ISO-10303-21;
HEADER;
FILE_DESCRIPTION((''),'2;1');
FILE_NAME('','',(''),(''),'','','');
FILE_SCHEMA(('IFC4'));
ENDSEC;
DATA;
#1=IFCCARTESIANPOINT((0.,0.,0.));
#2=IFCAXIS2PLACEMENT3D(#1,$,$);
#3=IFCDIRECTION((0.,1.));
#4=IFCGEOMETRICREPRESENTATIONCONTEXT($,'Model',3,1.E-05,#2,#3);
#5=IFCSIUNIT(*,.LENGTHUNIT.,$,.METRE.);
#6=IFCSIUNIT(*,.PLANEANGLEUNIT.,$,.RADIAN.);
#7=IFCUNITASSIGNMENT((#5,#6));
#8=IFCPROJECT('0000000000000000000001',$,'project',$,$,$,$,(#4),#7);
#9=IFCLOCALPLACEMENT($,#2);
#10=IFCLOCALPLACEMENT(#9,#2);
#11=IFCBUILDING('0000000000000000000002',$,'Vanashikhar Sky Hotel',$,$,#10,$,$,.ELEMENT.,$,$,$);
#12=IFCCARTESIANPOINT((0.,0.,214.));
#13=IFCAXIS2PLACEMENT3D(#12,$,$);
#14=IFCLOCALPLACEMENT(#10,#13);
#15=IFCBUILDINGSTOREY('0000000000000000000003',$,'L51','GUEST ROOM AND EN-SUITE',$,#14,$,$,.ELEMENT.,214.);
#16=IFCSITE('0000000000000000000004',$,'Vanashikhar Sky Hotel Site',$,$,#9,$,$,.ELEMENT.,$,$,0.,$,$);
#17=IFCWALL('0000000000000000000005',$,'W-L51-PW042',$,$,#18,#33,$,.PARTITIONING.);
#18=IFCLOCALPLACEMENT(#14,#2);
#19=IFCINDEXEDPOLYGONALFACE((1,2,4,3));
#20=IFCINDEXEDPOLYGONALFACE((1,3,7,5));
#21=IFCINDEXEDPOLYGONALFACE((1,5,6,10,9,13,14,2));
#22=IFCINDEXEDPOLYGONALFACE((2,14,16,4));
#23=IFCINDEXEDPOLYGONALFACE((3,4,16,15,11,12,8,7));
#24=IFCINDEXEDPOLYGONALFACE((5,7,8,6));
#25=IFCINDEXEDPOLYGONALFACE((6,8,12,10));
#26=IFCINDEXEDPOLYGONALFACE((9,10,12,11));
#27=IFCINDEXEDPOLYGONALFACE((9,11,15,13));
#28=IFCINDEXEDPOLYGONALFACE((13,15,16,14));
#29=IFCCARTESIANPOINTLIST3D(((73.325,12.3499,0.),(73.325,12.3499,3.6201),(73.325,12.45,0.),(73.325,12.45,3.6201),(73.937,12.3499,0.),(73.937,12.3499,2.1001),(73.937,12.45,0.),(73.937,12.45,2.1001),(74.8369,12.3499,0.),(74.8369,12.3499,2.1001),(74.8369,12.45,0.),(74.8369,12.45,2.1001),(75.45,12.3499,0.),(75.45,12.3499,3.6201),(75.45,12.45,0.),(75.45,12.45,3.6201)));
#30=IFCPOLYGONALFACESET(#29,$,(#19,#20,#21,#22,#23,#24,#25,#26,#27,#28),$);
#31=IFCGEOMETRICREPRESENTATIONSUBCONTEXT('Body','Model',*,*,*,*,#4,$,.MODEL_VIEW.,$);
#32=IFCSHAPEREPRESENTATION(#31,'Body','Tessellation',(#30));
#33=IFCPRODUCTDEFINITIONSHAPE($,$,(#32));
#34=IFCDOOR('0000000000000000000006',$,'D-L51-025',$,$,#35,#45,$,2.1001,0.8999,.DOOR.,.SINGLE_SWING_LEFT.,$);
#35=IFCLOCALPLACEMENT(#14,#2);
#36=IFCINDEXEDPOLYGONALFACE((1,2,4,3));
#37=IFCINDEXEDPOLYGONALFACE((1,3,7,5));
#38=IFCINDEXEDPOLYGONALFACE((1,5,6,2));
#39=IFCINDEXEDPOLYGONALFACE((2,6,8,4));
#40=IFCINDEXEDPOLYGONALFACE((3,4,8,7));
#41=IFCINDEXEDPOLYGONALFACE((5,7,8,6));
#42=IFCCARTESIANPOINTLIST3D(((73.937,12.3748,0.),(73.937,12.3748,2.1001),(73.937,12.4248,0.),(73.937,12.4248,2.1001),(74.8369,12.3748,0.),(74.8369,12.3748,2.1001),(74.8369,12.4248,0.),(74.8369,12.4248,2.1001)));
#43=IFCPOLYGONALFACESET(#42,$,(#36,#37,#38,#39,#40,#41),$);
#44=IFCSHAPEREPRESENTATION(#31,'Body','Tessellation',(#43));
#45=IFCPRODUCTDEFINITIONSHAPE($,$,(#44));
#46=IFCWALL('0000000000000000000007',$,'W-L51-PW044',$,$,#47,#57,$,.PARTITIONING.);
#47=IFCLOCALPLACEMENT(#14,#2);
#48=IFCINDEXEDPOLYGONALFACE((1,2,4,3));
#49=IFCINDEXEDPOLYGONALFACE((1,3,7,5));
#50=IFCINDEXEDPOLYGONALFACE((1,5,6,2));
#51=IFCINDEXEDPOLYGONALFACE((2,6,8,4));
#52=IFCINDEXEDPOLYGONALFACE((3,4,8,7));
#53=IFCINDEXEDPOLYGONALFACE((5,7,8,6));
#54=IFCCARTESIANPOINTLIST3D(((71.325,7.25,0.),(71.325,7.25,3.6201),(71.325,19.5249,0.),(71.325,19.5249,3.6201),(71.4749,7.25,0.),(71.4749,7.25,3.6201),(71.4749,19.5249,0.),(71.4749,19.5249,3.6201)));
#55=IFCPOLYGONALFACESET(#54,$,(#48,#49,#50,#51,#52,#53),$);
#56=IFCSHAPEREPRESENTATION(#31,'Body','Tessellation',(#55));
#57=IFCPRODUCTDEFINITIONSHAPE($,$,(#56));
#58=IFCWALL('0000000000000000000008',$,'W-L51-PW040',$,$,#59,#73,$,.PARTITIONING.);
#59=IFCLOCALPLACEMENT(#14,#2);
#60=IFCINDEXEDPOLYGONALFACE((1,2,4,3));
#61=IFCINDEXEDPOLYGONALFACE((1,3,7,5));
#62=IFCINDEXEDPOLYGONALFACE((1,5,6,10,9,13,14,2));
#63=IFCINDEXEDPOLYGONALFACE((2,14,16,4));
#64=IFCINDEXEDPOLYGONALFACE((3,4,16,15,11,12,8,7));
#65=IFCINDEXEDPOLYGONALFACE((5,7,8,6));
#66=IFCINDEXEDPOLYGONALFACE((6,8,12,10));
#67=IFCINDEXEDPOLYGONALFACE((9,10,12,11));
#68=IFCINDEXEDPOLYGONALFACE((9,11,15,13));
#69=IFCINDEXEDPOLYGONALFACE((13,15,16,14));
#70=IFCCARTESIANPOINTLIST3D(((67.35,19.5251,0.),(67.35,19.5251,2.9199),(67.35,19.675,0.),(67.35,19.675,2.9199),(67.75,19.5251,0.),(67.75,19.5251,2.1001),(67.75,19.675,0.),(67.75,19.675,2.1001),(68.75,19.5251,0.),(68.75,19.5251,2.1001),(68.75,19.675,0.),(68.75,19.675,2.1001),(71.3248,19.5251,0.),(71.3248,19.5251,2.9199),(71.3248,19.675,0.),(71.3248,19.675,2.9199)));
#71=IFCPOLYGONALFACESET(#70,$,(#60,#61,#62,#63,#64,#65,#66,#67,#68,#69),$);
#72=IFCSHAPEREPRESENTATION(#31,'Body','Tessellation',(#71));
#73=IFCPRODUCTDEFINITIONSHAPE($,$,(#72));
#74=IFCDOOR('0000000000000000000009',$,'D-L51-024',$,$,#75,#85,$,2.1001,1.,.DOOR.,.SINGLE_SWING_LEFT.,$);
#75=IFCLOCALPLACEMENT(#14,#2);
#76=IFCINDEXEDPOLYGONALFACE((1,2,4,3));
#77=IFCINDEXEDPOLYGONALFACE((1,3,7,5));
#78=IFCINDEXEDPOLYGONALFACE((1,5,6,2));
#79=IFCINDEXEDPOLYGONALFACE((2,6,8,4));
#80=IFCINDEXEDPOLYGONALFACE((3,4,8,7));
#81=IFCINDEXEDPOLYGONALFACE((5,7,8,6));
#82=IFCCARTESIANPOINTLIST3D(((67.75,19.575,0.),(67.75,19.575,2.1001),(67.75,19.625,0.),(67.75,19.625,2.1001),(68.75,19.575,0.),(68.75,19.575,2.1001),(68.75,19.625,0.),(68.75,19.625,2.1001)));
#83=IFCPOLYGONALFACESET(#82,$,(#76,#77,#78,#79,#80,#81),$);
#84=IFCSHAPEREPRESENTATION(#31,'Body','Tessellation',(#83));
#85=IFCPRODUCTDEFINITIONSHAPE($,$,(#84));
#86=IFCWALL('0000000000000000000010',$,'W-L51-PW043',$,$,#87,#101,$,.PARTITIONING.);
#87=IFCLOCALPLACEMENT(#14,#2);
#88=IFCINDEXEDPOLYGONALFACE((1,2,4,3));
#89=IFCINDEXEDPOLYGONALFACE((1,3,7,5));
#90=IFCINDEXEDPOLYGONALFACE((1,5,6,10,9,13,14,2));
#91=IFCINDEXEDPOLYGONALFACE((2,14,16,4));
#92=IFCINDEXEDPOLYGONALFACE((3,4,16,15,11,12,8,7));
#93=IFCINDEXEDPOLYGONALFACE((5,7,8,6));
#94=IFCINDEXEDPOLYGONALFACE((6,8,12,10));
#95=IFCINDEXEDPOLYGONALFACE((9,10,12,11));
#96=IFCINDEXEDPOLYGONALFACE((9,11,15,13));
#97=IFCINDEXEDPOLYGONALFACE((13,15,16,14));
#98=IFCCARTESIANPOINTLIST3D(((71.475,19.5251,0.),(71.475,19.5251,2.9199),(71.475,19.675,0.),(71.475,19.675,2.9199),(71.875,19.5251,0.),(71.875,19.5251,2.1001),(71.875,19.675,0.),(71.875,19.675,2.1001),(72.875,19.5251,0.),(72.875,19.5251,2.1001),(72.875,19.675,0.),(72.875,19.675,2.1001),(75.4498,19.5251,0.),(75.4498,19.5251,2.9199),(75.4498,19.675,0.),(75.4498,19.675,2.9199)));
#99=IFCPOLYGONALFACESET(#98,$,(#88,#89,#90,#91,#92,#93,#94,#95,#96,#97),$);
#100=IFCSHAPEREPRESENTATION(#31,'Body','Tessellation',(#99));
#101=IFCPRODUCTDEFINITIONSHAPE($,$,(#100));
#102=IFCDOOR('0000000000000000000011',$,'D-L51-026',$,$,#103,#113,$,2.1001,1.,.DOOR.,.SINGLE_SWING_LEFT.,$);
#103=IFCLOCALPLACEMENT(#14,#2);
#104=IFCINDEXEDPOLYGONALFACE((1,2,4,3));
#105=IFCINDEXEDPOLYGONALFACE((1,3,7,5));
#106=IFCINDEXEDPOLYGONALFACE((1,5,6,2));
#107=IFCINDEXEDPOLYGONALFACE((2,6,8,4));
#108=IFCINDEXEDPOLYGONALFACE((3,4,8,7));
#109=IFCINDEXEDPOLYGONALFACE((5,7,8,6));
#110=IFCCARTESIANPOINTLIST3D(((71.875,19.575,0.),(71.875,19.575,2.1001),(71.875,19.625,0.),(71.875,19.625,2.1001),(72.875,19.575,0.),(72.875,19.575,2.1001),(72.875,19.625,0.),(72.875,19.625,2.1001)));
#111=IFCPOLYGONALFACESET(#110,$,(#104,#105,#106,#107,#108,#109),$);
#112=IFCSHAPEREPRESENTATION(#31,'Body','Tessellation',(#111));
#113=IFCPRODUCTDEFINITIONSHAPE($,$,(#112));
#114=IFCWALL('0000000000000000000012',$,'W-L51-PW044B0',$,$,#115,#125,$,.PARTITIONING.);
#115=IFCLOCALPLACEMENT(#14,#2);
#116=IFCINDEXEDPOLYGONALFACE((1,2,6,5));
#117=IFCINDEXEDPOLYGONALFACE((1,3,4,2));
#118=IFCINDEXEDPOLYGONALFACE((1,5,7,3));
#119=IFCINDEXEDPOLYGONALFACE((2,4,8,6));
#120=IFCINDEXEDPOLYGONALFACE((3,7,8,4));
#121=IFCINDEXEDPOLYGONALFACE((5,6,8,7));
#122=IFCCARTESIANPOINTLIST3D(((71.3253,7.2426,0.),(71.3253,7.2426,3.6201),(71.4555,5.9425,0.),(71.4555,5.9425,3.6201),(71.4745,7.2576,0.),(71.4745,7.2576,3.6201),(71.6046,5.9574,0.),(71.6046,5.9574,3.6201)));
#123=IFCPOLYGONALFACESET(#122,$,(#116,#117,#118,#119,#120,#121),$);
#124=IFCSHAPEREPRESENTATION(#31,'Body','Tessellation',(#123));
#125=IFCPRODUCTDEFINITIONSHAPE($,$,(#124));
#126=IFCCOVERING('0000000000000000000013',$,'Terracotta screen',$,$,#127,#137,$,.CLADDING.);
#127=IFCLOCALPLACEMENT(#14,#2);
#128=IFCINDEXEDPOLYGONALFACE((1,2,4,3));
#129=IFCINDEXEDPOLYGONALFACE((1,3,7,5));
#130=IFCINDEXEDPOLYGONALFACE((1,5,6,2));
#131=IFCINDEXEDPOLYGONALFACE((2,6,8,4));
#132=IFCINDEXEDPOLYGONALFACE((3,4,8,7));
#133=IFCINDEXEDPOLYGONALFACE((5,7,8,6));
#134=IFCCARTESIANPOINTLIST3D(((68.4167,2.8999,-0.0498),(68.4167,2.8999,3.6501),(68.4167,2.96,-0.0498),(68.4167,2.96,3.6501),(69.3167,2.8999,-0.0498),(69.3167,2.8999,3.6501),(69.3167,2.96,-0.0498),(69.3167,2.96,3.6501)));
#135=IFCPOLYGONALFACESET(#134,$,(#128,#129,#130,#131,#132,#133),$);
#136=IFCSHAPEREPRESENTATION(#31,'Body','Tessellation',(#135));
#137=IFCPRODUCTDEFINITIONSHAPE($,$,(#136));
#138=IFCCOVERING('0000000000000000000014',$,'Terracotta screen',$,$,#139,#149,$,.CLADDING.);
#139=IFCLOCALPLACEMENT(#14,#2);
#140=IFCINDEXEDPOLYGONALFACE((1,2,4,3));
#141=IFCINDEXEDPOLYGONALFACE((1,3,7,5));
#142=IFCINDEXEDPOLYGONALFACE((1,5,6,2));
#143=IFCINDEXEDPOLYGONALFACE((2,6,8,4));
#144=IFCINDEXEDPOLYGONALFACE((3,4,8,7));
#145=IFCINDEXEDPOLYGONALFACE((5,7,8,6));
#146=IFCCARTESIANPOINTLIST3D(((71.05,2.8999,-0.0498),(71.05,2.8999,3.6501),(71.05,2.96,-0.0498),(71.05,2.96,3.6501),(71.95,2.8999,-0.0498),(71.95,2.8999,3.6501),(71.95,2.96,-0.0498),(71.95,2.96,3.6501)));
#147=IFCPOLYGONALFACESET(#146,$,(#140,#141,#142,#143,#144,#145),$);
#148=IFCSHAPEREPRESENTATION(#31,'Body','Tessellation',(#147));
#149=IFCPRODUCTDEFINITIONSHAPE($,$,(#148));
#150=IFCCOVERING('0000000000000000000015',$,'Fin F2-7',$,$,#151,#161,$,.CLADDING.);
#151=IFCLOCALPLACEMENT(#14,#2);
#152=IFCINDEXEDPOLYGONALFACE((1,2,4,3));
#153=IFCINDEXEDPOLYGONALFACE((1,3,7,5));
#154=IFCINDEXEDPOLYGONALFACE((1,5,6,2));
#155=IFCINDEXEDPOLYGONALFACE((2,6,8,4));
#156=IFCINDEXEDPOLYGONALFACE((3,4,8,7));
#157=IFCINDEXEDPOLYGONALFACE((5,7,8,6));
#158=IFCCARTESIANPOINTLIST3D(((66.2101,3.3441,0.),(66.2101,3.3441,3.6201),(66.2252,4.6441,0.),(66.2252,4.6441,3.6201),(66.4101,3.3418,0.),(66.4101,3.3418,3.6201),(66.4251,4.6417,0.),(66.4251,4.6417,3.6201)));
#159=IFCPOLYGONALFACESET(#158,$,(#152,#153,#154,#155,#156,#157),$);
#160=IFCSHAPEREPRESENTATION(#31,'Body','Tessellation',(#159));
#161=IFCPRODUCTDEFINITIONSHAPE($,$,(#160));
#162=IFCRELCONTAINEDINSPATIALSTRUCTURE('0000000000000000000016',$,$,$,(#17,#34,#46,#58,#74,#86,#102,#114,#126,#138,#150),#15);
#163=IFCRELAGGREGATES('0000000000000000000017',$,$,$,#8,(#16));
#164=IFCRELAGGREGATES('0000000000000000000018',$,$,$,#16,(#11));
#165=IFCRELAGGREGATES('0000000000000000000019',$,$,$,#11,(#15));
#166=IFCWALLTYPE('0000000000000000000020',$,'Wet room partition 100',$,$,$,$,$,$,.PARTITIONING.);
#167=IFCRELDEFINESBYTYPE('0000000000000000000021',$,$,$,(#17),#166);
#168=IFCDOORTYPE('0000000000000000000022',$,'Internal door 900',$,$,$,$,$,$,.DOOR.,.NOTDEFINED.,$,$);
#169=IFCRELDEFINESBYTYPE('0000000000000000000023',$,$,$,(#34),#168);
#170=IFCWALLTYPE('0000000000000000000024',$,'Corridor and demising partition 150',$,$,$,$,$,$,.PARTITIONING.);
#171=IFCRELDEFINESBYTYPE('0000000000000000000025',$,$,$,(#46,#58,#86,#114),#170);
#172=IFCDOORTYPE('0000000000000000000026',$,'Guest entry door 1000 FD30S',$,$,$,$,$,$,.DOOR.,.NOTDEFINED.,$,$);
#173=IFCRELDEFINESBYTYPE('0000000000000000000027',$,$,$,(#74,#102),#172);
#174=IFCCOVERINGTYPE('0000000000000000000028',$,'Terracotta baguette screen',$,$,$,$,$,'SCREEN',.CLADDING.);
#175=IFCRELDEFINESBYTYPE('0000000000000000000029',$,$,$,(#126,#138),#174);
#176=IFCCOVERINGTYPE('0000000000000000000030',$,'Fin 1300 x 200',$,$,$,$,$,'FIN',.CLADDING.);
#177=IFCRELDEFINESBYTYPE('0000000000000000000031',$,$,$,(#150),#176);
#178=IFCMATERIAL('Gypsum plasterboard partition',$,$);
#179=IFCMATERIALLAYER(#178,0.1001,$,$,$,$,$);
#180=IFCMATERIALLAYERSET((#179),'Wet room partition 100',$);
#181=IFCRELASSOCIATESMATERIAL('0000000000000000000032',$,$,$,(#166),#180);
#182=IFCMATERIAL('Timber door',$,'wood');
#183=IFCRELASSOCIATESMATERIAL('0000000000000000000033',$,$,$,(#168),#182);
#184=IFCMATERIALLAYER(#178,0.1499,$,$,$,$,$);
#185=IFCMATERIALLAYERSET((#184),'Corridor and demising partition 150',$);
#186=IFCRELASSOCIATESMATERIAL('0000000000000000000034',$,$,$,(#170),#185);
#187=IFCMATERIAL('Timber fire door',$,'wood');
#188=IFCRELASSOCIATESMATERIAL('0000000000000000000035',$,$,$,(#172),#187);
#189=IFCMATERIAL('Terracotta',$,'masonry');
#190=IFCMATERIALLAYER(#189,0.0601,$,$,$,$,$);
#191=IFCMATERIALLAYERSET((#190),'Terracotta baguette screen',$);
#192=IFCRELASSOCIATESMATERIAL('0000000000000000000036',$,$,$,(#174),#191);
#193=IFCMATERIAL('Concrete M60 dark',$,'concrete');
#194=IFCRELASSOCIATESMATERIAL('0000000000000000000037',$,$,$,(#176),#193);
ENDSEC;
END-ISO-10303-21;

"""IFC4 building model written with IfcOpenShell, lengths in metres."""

from ifc_helpers import new_model, si_unit, direction, frame, frame_2d, origin, origin_2d, place, context, subcontext, project, spatial, rectangle, extrude, source, transform, mapped, material, layer, layer_set, material_profile, profile_set, type_object, element, fill, save


model = new_model("IFC4")

# Units and contexts
model_context = context("Model", 3, precision=1e-05, world=origin(), true_north=direction((0.0, 1.0)))
body_context = subcontext(model_context, "Body", "Model", "MODEL_VIEW")
ifc_project = project(units=[si_unit("LENGTHUNIT", "METRE"), si_unit("PLANEANGLEUNIT", "RADIAN")], contexts=[model_context])

# Site, building, storey
site_placement = place(None, origin())
site = spatial("IfcSite", under=ifc_project, at=site_placement, Name="Vanashikhar Sky Hotel Site", CompositionType="ELEMENT", RefElevation=0.0)
building_placement = place(site_placement, origin())
building = spatial("IfcBuilding", under=site, at=building_placement, Name="Vanashikhar Sky Hotel", CompositionType="ELEMENT")
storey_placement = place(building_placement, frame((0.0, 0.0, 214.0)))
storey = spatial("IfcBuildingStorey", under=building, at=storey_placement, Name="L51", Description="GUEST ROOM AND EN-SUITE", CompositionType="ELEMENT", Elevation=214.0)

# Shared definitions
ifc_material_1 = material(Name="Gypsum plasterboard partition")
ifc_layer_1 = layer(ifc_material_1, 0.1001)
ifc_layer_set_1 = layer_set([ifc_layer_1], Name="Wet room partition 100")
wall_type_1 = type_object("IfcWallType", Name="Wet room partition 100", PredefinedType="PARTITIONING", material=ifc_layer_set_1)

# Wall, opening, door
shared_shape_1 = source(origin(), body_context, "Body", "SweptSolid", [
    extrude(rectangle(XDim=2.125, YDim=0.1001, at=frame_2d((1.0625, 0.0))), origin(), (0.0, 0.0, 1.0), 3.6201),
])
shared_shape_2 = source(origin(), body_context, "Body", "SweptSolid", [
    extrude(rectangle(XDim=0.8999, YDim=2.1001, at=frame_2d((0.45, 1.05))), frame((0.0, 0.0601, 0.0), z_axis=(0.0, -1.0, 0.0), x_axis=(1.0, 0.0, 0.0)), (0.0, 0.0, 1.0), 0.1201),
])
ifc_material_2 = material(Name="Timber door", Category="wood")
door_type_1 = type_object("IfcDoorType", Name="Internal door 900", OperationType="NOTDEFINED", PredefinedType="DOOR", material=ifc_material_2)
shared_shape_3 = source(origin(), body_context, "Body", "SweptSolid", [
    extrude(rectangle(XDim=0.8999, YDim=2.1001, at=frame_2d((0.45, 1.05))), frame((0.0, 0.0249, 0.0), z_axis=(0.0, -1.0, 0.0), x_axis=(1.0, 0.0, 0.0)), (0.0, 0.0, 1.0), 0.05),
])
wall_1_placement = place(storey_placement, frame((73.325, 12.3999, 0.0), z_axis=(0.0, 0.0, 1.0), x_axis=(1.0, 0.0, 0.0)))
wall_1 = element("IfcWall", 1, at=wall_1_placement, inside=storey, type_object=wall_type_1, Name="W-L51-PW042", PredefinedType="PARTITIONING", context=body_context, shape_type="MappedRepresentation", body=[
    mapped(shared_shape_1, transform((0.0, 0.0, 0.0), scale=1.0)),
])
opening_1_placement = place(wall_1_placement, frame((0.6121, 0.0, 0.0)))
opening_1 = element("IfcOpeningElement", 2, at=opening_1_placement, cuts=wall_1, PredefinedType="OPENING", context=body_context, shape_type="MappedRepresentation", body=[
    mapped(shared_shape_2, transform((0.0, 0.0, 0.0), scale=1.0)),
])
door_1_placement = place(opening_1_placement, origin())
door_1 = element("IfcDoor", 3, at=door_1_placement, inside=storey, type_object=door_type_1, Name="D-L51-025", OperationType="SINGLE_SWING_LEFT", OverallHeight=2.1001, OverallWidth=0.8999, PredefinedType="DOOR", context=body_context, shape_type="MappedRepresentation", body=[
    mapped(shared_shape_3, transform((0.0, 0.0, 0.0), scale=1.0)),
])
fill(opening_1, door_1)

# Wall
ifc_layer_2 = layer(ifc_material_1, 0.1499)
ifc_layer_set_2 = layer_set([ifc_layer_2], Name="Corridor and demising partition 150")
wall_type_2 = type_object("IfcWallType", Name="Corridor and demising partition 150", PredefinedType="PARTITIONING", material=ifc_layer_set_2)
shared_shape_4 = source(origin(), body_context, "Body", "SweptSolid", [
    extrude(rectangle(XDim=12.2749, YDim=0.1499, at=frame_2d((6.1375, 0.0))), origin(), (0.0, 0.0, 1.0), 3.6201),
])
wall_2_placement = place(storey_placement, frame((71.3999, 7.25, 0.0), z_axis=(0.0, 0.0, 1.0), x_axis=(0.0, 1.0, 0.0)))
element("IfcWall", 4, at=wall_2_placement, inside=storey, type_object=wall_type_2, Name="W-L51-PW044", PredefinedType="PARTITIONING", context=body_context, shape_type="MappedRepresentation", body=[
    mapped(shared_shape_4, transform((0.0, 0.0, 0.0), scale=1.0)),
])

# Walls, openings, doors
shared_shape_5 = source(origin(), body_context, "Body", "SweptSolid", [
    extrude(rectangle(XDim=3.9749, YDim=0.1499, at=frame_2d((1.9873, 0.0))), origin(), (0.0, 0.0, 1.0), 2.9199),
])
wall_3_placement = place(storey_placement, frame((67.3501, 19.6001, 0.0), z_axis=(0.0, 0.0, 1.0), x_axis=(1.0, 0.0, 0.0)))
wall_3 = element("IfcWall", 5, at=wall_3_placement, inside=storey, type_object=wall_type_2, Name="W-L51-PW040", PredefinedType="PARTITIONING", context=body_context, shape_type="MappedRepresentation", body=[
    mapped(shared_shape_5, transform((0.0, 0.0, 0.0), scale=1.0)),
])
shared_shape_6 = source(origin(), body_context, "Body", "SweptSolid", [
    extrude(rectangle(XDim=1.0, YDim=2.1001, at=frame_2d((0.5, 1.05))), frame((0.0, 0.085, 0.0), z_axis=(0.0, -1.0, 0.0), x_axis=(1.0, 0.0, 0.0)), (0.0, 0.0, 1.0), 0.1699),
])
opening_2_placement = place(wall_3_placement, frame((0.3999, 0.0, 0.0)))
opening_2 = element("IfcOpeningElement", 6, at=opening_2_placement, cuts=wall_3, PredefinedType="OPENING", context=body_context, shape_type="MappedRepresentation", body=[
    mapped(shared_shape_6, transform((0.0, 0.0, 0.0), scale=1.0)),
])
ifc_material_3 = material(Name="Timber fire door", Category="wood")
door_type_2 = type_object("IfcDoorType", Name="Guest entry door 1000 FD30S", OperationType="NOTDEFINED", PredefinedType="DOOR", material=ifc_material_3)
shared_shape_7 = source(origin(), body_context, "Body", "SweptSolid", [
    extrude(rectangle(XDim=1.0, YDim=2.1001, at=frame_2d((0.5, 1.05))), frame((0.0, 0.0249, 0.0), z_axis=(0.0, -1.0, 0.0), x_axis=(1.0, 0.0, 0.0)), (0.0, 0.0, 1.0), 0.05),
])
door_2_placement = place(opening_2_placement, origin())
door_2 = element("IfcDoor", 7, at=door_2_placement, inside=storey, type_object=door_type_2, Name="D-L51-024", OperationType="SINGLE_SWING_LEFT", OverallHeight=2.1001, OverallWidth=1.0, PredefinedType="DOOR", context=body_context, shape_type="MappedRepresentation", body=[
    mapped(shared_shape_7, transform((0.0, 0.0, 0.0), scale=1.0)),
])
fill(opening_2, door_2)
wall_4_placement = place(storey_placement, frame((71.4751, 19.6001, 0.0), z_axis=(0.0, 0.0, 1.0), x_axis=(1.0, 0.0, 0.0)))
wall_4 = element("IfcWall", 8, at=wall_4_placement, inside=storey, type_object=wall_type_2, Name="W-L51-PW043", PredefinedType="PARTITIONING", context=body_context, shape_type="MappedRepresentation", body=[
    mapped(shared_shape_5, transform((0.0, 0.0, 0.0), scale=1.0)),
])
opening_3_placement = place(wall_4_placement, frame((0.3999, 0.0, 0.0)))
opening_3 = element("IfcOpeningElement", 9, at=opening_3_placement, cuts=wall_4, PredefinedType="OPENING", context=body_context, shape_type="MappedRepresentation", body=[
    mapped(shared_shape_6, transform((0.0, 0.0, 0.0), scale=1.0)),
])
door_3_placement = place(opening_3_placement, origin())
door_3 = element("IfcDoor", 10, at=door_3_placement, inside=storey, type_object=door_type_2, Name="D-L51-026", OperationType="SINGLE_SWING_LEFT", OverallHeight=2.1001, OverallWidth=1.0, PredefinedType="DOOR", context=body_context, shape_type="MappedRepresentation", body=[
    mapped(shared_shape_7, transform((0.0, 0.0, 0.0), scale=1.0)),
])
fill(opening_3, door_3)

# Wall
shared_shape_8 = source(origin(), body_context, "Body", "SweptSolid", [
    extrude(rectangle(XDim=1.3066, YDim=0.1499, at=frame_2d((0.6533, 0.0))), origin(), (0.0, 0.0, 1.0), 3.6201),
])
wall_5_placement = place(storey_placement, frame((71.53, 5.95, 0.0), z_axis=(0.0, 0.0, 1.0), x_axis=(-0.099596, 0.995028, 0.0)))
element("IfcWall", 11, at=wall_5_placement, inside=storey, type_object=wall_type_2, Name="W-L51-PW044B0", PredefinedType="PARTITIONING", context=body_context, shape_type="MappedRepresentation", body=[
    mapped(shared_shape_8, transform((0.0, 0.0, 0.0), scale=1.0)),
])

# Coverings
ifc_material_4 = material(Name="Terracotta", Category="masonry")
ifc_layer_3 = layer(ifc_material_4, 0.0601)
ifc_layer_set_3 = layer_set([ifc_layer_3], Name="Terracotta baguette screen")
covering_type_1 = type_object("IfcCoveringType", Name="Terracotta baguette screen", ElementType="SCREEN", PredefinedType="CLADDING", material=ifc_layer_set_3)
shared_shape_9 = source(origin(), body_context, "Body", "SweptSolid", [
    extrude(rectangle(XDim=0.8999, YDim=0.0601, at=origin_2d()), origin(), (0.0, 0.0, 1.0), 3.7),
])
for number, where, z_axis, x_axis, name in (
    (12, (68.8667, 2.9299, -0.0498), (0.0, 0.0, 1.0), (1.0, 0.0, 0.0), "Terracotta screen"),
    (13, (71.5, 2.9299, -0.0498), (0.0, 0.0, 1.0), (1.0, 0.0, 0.0), "Terracotta screen"),
):
    element("IfcCovering", number, at=place(storey_placement, frame(where, z_axis=z_axis, x_axis=x_axis)), inside=storey, type_object=covering_type_1, Name=name, PredefinedType="CLADDING", context=body_context, shape_type="MappedRepresentation", body=[
        mapped(shared_shape_9, transform((0.0, 0.0, 0.0), scale=1.0)),
    ])
ifc_material_5 = material(Name="Concrete M60 dark", Category="concrete")
ifc_material_profile_1 = material_profile(ifc_material_5, rectangle(XDim=1.3, YDim=0.2, at=origin_2d()))
ifc_profile_set_1 = profile_set([ifc_material_profile_1], Name="Fin 1300 x 200")
covering_type_2 = type_object("IfcCoveringType", Name="Fin 1300 x 200", ElementType="FIN", PredefinedType="CLADDING", material=ifc_profile_set_1)
shared_shape_10 = source(origin(), body_context, "Body", "SweptSolid", [
    extrude(rectangle(XDim=1.3, YDim=0.2, at=origin_2d()), origin(), (0.0, 0.0, 1.0), 3.6201),
])
covering_placement = place(storey_placement, frame((66.3176, 3.9929, 0.0), z_axis=(0.0, 0.0, 1.0), x_axis=(-0.011589, -0.999933, 0.0)))
element("IfcCovering", 14, at=covering_placement, inside=storey, type_object=covering_type_2, Name="Fin F2-7", PredefinedType="CLADDING", context=body_context, shape_type="MappedRepresentation", body=[
    mapped(shared_shape_10, transform((0.0, 0.0, 0.0), scale=1.0)),
])

save(model, "model.ifc")
